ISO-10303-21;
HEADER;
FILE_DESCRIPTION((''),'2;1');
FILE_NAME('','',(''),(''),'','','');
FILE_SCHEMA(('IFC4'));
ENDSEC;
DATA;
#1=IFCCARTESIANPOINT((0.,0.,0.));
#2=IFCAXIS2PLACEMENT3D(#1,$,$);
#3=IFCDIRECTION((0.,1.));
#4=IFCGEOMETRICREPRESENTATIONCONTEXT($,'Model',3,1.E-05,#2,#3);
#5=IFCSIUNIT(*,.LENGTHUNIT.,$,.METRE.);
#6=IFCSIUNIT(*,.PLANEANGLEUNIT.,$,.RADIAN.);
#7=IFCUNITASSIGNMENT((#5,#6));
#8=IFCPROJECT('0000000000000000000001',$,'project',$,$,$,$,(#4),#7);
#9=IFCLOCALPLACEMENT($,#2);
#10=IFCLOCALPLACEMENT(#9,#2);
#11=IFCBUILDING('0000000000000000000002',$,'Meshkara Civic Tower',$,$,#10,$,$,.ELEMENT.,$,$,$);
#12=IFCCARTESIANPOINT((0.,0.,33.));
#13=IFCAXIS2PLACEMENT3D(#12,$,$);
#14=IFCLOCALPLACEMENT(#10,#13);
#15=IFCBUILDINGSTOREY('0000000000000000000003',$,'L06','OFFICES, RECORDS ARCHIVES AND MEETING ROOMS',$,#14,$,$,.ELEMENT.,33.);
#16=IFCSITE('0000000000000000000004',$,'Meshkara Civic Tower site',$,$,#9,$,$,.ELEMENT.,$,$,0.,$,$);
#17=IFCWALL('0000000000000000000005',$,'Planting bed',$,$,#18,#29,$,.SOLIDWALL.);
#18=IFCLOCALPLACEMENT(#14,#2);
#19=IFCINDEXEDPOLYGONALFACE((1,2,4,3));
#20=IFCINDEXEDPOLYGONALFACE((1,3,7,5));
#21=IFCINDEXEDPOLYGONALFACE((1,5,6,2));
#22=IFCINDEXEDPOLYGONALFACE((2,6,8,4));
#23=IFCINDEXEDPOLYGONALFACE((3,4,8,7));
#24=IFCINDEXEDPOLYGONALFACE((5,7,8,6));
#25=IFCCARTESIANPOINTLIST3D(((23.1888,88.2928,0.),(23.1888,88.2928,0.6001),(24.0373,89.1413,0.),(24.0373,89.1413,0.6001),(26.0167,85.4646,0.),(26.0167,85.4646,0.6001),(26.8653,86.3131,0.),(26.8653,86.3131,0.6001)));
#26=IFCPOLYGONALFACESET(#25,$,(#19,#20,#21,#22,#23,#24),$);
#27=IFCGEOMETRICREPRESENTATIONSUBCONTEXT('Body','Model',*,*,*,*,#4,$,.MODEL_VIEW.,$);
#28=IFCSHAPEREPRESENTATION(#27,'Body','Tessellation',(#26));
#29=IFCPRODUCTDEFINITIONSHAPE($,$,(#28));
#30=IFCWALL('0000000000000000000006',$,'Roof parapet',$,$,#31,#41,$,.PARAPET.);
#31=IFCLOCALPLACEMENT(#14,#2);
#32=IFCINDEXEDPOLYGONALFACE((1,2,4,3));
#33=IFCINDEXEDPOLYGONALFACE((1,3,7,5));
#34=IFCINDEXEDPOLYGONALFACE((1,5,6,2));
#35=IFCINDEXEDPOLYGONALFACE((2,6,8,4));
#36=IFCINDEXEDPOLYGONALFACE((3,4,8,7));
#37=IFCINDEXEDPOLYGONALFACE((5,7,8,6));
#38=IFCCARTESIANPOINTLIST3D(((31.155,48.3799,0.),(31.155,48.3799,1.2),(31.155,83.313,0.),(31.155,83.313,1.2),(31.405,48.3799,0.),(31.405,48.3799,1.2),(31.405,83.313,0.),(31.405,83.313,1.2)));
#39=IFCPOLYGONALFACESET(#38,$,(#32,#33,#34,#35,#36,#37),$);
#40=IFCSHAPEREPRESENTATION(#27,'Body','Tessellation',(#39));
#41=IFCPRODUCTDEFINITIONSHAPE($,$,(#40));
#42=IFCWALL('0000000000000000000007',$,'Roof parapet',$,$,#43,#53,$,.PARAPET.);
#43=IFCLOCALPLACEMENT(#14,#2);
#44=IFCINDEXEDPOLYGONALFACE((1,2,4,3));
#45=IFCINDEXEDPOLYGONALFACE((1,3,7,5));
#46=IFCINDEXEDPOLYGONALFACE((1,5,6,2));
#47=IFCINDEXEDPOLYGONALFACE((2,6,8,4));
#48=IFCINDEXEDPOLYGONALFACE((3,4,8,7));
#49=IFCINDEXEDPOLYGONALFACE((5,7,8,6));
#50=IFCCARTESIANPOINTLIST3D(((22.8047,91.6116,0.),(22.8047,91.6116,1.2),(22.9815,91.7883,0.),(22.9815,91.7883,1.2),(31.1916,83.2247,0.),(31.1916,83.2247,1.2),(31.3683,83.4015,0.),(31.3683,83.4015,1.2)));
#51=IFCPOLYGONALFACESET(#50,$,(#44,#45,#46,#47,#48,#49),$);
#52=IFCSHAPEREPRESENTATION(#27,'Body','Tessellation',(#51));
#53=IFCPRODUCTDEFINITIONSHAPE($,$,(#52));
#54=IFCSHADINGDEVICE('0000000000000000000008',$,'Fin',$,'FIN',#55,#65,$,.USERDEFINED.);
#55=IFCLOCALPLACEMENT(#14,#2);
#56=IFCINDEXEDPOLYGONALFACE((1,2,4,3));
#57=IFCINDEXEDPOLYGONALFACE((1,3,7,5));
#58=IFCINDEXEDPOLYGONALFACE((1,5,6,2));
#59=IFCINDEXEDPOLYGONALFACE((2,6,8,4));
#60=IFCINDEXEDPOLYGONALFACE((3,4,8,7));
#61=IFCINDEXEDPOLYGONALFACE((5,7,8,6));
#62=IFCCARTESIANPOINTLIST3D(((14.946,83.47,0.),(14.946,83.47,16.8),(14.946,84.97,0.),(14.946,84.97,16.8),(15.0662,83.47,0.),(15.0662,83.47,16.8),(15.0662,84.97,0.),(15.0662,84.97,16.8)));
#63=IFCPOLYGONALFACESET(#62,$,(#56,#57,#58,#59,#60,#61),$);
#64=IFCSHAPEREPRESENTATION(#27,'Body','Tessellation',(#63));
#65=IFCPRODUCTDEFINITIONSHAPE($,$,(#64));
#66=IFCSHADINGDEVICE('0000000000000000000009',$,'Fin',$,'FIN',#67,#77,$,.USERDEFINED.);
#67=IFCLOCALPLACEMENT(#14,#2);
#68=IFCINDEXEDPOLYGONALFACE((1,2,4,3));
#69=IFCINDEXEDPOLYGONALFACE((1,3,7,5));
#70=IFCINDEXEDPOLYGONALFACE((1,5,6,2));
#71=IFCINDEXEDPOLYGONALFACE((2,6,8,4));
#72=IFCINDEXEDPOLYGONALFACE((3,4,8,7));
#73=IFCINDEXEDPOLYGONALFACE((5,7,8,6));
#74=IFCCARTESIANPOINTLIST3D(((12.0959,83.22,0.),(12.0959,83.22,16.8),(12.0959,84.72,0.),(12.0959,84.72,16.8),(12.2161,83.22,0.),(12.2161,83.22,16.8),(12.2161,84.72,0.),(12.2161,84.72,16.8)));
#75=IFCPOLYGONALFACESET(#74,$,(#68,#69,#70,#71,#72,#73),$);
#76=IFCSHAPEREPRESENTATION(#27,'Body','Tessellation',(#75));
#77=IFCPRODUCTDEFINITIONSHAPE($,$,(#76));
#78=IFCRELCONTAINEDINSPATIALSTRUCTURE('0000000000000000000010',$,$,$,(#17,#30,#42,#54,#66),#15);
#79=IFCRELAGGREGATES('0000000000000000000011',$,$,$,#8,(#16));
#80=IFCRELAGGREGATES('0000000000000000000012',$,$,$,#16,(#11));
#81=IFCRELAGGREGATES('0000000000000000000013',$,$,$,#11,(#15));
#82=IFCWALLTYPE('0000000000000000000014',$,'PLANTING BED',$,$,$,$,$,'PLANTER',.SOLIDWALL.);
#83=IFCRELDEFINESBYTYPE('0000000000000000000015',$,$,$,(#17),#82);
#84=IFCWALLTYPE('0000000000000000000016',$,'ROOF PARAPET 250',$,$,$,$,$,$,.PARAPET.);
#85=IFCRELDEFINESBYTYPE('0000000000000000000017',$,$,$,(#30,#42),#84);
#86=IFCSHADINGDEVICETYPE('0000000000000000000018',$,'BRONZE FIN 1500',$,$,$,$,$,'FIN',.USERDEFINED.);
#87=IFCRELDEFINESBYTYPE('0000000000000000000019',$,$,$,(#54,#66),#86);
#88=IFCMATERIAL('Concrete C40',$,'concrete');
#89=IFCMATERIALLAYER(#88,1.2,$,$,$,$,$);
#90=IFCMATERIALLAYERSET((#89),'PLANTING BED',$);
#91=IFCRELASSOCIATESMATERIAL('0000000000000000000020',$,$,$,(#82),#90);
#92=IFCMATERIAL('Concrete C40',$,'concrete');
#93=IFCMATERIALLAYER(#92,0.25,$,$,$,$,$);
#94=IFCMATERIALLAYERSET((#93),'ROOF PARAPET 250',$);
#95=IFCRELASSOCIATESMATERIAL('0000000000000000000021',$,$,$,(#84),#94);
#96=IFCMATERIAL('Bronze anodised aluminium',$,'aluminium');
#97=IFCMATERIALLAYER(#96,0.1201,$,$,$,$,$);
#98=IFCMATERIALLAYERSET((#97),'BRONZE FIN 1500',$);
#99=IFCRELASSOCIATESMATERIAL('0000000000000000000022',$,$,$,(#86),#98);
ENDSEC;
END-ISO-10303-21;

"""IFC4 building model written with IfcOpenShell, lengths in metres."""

from ifc_helpers import new_model, si_unit, direction, frame, frame_2d, origin, origin_2d, place, context, subcontext, project, spatial, rectangle, extrude, material, layer, layer_set, type_object, element, save


model = new_model("IFC4")

# Units and contexts
model_context = context("Model", 3, precision=1e-05, world=origin(), true_north=direction((0.0, 1.0)))
body_context = subcontext(model_context, "Body", "Model", "MODEL_VIEW")
ifc_project = project(units=[si_unit("LENGTHUNIT", "METRE"), si_unit("PLANEANGLEUNIT", "RADIAN")], contexts=[model_context])

# Site, building, storey
site_placement = place(None, origin())
site = spatial("IfcSite", under=ifc_project, at=site_placement, Name="Meshkara Civic Tower site", CompositionType="ELEMENT", RefElevation=0.0)
building_placement = place(site_placement, origin())
building = spatial("IfcBuilding", under=site, at=building_placement, Name="Meshkara Civic Tower", CompositionType="ELEMENT")
storey_placement = place(building_placement, frame((0.0, 0.0, 33.0)))
storey = spatial("IfcBuildingStorey", under=building, at=storey_placement, Name="L06", Description="OFFICES, RECORDS ARCHIVES AND MEETING ROOMS", CompositionType="ELEMENT", Elevation=33.0)

# Walls
ifc_material_1 = material(Name="Concrete C40", Category="concrete")
ifc_layer_1 = layer(ifc_material_1, 1.2)
ifc_layer_set_1 = layer_set([ifc_layer_1], Name="PLANTING BED")
wall_type_1 = type_object("IfcWallType", Name="PLANTING BED", ElementType="PLANTER", PredefinedType="SOLIDWALL", material=ifc_layer_set_1)
wall_1_placement = place(storey_placement, frame((23.613, 88.717, 0.0), z_axis=(0.0, 0.0, 1.0), x_axis=(0.707076, -0.707137, 0.0)))
element("IfcWall", 1, at=wall_1_placement, inside=storey, type_object=wall_type_1, Name="Planting bed", PredefinedType="SOLIDWALL", context=body_context, shape_type="SweptSolid", body=[
    extrude(rectangle(XDim=3.9995, YDim=1.2, at=frame_2d((1.9998, 0.0))), origin(), (0.0, 0.0, 1.0), 0.6001),
])
ifc_material_2 = material(Name="Concrete C40", Category="concrete")
ifc_layer_2 = layer(ifc_material_2, 0.25)
ifc_layer_set_2 = layer_set([ifc_layer_2], Name="ROOF PARAPET 250")
wall_type_2 = type_object("IfcWallType", Name="ROOF PARAPET 250", PredefinedType="PARAPET", material=ifc_layer_set_2)
wall_2_placement = place(storey_placement, frame((31.28, 83.313, 0.0), z_axis=(0.0, 0.0, 1.0), x_axis=(0.0, -1.0, 0.0)))
element("IfcWall", 2, at=wall_2_placement, inside=storey, type_object=wall_type_2, Name="Roof parapet", PredefinedType="PARAPET", context=body_context, shape_type="SweptSolid", body=[
    extrude(rectangle(XDim=34.9331, YDim=0.25, at=frame_2d((17.4666, 0.0))), origin(), (0.0, 0.0, 1.0), 1.2),
])
wall_3_placement = place(storey_placement, frame((22.8931, 91.7, 0.0), z_axis=(0.0, 0.0, 1.0), x_axis=(0.707107, -0.707107, 0.0)))
element("IfcWall", 3, at=wall_3_placement, inside=storey, type_object=wall_type_2, Name="Roof parapet", PredefinedType="PARAPET", context=body_context, shape_type="SweptSolid", body=[
    extrude(rectangle(XDim=11.8608, YDim=0.25, at=frame_2d((5.9304, 0.0))), origin(), (0.0, 0.0, 1.0), 1.2),
])

# Shading devices
ifc_material_3 = material(Name="Bronze anodised aluminium", Category="aluminium")
ifc_layer_3 = layer(ifc_material_3, 0.1201)
ifc_layer_set_3 = layer_set([ifc_layer_3], Name="BRONZE FIN 1500")
shading_device_type = type_object("IfcShadingDeviceType", Name="BRONZE FIN 1500", ElementType="FIN", PredefinedType="USERDEFINED", material=ifc_layer_set_3)
for number, where, z_axis, x_axis, name in (
    (4, (15.0061, 84.22, 0.0), (0.0, 0.0, 1.0), (-1.0, 0.0, 0.0), "Fin"),
    (5, (12.156, 83.97, 0.0), (0.0, 0.0, 1.0), (-1.0, 0.0, 0.0), "Fin"),
):
    element("IfcShadingDevice", number, at=place(storey_placement, frame(where, z_axis=z_axis, x_axis=x_axis)), inside=storey, type_object=shading_device_type, Name=name, ObjectType="FIN", PredefinedType="USERDEFINED", context=body_context, shape_type="SweptSolid", body=[
        extrude(rectangle(XDim=0.1201, YDim=1.5, at=origin_2d()), origin(), (0.0, 0.0, 1.0), 16.8),
    ])

save(model, "model.ifc")
